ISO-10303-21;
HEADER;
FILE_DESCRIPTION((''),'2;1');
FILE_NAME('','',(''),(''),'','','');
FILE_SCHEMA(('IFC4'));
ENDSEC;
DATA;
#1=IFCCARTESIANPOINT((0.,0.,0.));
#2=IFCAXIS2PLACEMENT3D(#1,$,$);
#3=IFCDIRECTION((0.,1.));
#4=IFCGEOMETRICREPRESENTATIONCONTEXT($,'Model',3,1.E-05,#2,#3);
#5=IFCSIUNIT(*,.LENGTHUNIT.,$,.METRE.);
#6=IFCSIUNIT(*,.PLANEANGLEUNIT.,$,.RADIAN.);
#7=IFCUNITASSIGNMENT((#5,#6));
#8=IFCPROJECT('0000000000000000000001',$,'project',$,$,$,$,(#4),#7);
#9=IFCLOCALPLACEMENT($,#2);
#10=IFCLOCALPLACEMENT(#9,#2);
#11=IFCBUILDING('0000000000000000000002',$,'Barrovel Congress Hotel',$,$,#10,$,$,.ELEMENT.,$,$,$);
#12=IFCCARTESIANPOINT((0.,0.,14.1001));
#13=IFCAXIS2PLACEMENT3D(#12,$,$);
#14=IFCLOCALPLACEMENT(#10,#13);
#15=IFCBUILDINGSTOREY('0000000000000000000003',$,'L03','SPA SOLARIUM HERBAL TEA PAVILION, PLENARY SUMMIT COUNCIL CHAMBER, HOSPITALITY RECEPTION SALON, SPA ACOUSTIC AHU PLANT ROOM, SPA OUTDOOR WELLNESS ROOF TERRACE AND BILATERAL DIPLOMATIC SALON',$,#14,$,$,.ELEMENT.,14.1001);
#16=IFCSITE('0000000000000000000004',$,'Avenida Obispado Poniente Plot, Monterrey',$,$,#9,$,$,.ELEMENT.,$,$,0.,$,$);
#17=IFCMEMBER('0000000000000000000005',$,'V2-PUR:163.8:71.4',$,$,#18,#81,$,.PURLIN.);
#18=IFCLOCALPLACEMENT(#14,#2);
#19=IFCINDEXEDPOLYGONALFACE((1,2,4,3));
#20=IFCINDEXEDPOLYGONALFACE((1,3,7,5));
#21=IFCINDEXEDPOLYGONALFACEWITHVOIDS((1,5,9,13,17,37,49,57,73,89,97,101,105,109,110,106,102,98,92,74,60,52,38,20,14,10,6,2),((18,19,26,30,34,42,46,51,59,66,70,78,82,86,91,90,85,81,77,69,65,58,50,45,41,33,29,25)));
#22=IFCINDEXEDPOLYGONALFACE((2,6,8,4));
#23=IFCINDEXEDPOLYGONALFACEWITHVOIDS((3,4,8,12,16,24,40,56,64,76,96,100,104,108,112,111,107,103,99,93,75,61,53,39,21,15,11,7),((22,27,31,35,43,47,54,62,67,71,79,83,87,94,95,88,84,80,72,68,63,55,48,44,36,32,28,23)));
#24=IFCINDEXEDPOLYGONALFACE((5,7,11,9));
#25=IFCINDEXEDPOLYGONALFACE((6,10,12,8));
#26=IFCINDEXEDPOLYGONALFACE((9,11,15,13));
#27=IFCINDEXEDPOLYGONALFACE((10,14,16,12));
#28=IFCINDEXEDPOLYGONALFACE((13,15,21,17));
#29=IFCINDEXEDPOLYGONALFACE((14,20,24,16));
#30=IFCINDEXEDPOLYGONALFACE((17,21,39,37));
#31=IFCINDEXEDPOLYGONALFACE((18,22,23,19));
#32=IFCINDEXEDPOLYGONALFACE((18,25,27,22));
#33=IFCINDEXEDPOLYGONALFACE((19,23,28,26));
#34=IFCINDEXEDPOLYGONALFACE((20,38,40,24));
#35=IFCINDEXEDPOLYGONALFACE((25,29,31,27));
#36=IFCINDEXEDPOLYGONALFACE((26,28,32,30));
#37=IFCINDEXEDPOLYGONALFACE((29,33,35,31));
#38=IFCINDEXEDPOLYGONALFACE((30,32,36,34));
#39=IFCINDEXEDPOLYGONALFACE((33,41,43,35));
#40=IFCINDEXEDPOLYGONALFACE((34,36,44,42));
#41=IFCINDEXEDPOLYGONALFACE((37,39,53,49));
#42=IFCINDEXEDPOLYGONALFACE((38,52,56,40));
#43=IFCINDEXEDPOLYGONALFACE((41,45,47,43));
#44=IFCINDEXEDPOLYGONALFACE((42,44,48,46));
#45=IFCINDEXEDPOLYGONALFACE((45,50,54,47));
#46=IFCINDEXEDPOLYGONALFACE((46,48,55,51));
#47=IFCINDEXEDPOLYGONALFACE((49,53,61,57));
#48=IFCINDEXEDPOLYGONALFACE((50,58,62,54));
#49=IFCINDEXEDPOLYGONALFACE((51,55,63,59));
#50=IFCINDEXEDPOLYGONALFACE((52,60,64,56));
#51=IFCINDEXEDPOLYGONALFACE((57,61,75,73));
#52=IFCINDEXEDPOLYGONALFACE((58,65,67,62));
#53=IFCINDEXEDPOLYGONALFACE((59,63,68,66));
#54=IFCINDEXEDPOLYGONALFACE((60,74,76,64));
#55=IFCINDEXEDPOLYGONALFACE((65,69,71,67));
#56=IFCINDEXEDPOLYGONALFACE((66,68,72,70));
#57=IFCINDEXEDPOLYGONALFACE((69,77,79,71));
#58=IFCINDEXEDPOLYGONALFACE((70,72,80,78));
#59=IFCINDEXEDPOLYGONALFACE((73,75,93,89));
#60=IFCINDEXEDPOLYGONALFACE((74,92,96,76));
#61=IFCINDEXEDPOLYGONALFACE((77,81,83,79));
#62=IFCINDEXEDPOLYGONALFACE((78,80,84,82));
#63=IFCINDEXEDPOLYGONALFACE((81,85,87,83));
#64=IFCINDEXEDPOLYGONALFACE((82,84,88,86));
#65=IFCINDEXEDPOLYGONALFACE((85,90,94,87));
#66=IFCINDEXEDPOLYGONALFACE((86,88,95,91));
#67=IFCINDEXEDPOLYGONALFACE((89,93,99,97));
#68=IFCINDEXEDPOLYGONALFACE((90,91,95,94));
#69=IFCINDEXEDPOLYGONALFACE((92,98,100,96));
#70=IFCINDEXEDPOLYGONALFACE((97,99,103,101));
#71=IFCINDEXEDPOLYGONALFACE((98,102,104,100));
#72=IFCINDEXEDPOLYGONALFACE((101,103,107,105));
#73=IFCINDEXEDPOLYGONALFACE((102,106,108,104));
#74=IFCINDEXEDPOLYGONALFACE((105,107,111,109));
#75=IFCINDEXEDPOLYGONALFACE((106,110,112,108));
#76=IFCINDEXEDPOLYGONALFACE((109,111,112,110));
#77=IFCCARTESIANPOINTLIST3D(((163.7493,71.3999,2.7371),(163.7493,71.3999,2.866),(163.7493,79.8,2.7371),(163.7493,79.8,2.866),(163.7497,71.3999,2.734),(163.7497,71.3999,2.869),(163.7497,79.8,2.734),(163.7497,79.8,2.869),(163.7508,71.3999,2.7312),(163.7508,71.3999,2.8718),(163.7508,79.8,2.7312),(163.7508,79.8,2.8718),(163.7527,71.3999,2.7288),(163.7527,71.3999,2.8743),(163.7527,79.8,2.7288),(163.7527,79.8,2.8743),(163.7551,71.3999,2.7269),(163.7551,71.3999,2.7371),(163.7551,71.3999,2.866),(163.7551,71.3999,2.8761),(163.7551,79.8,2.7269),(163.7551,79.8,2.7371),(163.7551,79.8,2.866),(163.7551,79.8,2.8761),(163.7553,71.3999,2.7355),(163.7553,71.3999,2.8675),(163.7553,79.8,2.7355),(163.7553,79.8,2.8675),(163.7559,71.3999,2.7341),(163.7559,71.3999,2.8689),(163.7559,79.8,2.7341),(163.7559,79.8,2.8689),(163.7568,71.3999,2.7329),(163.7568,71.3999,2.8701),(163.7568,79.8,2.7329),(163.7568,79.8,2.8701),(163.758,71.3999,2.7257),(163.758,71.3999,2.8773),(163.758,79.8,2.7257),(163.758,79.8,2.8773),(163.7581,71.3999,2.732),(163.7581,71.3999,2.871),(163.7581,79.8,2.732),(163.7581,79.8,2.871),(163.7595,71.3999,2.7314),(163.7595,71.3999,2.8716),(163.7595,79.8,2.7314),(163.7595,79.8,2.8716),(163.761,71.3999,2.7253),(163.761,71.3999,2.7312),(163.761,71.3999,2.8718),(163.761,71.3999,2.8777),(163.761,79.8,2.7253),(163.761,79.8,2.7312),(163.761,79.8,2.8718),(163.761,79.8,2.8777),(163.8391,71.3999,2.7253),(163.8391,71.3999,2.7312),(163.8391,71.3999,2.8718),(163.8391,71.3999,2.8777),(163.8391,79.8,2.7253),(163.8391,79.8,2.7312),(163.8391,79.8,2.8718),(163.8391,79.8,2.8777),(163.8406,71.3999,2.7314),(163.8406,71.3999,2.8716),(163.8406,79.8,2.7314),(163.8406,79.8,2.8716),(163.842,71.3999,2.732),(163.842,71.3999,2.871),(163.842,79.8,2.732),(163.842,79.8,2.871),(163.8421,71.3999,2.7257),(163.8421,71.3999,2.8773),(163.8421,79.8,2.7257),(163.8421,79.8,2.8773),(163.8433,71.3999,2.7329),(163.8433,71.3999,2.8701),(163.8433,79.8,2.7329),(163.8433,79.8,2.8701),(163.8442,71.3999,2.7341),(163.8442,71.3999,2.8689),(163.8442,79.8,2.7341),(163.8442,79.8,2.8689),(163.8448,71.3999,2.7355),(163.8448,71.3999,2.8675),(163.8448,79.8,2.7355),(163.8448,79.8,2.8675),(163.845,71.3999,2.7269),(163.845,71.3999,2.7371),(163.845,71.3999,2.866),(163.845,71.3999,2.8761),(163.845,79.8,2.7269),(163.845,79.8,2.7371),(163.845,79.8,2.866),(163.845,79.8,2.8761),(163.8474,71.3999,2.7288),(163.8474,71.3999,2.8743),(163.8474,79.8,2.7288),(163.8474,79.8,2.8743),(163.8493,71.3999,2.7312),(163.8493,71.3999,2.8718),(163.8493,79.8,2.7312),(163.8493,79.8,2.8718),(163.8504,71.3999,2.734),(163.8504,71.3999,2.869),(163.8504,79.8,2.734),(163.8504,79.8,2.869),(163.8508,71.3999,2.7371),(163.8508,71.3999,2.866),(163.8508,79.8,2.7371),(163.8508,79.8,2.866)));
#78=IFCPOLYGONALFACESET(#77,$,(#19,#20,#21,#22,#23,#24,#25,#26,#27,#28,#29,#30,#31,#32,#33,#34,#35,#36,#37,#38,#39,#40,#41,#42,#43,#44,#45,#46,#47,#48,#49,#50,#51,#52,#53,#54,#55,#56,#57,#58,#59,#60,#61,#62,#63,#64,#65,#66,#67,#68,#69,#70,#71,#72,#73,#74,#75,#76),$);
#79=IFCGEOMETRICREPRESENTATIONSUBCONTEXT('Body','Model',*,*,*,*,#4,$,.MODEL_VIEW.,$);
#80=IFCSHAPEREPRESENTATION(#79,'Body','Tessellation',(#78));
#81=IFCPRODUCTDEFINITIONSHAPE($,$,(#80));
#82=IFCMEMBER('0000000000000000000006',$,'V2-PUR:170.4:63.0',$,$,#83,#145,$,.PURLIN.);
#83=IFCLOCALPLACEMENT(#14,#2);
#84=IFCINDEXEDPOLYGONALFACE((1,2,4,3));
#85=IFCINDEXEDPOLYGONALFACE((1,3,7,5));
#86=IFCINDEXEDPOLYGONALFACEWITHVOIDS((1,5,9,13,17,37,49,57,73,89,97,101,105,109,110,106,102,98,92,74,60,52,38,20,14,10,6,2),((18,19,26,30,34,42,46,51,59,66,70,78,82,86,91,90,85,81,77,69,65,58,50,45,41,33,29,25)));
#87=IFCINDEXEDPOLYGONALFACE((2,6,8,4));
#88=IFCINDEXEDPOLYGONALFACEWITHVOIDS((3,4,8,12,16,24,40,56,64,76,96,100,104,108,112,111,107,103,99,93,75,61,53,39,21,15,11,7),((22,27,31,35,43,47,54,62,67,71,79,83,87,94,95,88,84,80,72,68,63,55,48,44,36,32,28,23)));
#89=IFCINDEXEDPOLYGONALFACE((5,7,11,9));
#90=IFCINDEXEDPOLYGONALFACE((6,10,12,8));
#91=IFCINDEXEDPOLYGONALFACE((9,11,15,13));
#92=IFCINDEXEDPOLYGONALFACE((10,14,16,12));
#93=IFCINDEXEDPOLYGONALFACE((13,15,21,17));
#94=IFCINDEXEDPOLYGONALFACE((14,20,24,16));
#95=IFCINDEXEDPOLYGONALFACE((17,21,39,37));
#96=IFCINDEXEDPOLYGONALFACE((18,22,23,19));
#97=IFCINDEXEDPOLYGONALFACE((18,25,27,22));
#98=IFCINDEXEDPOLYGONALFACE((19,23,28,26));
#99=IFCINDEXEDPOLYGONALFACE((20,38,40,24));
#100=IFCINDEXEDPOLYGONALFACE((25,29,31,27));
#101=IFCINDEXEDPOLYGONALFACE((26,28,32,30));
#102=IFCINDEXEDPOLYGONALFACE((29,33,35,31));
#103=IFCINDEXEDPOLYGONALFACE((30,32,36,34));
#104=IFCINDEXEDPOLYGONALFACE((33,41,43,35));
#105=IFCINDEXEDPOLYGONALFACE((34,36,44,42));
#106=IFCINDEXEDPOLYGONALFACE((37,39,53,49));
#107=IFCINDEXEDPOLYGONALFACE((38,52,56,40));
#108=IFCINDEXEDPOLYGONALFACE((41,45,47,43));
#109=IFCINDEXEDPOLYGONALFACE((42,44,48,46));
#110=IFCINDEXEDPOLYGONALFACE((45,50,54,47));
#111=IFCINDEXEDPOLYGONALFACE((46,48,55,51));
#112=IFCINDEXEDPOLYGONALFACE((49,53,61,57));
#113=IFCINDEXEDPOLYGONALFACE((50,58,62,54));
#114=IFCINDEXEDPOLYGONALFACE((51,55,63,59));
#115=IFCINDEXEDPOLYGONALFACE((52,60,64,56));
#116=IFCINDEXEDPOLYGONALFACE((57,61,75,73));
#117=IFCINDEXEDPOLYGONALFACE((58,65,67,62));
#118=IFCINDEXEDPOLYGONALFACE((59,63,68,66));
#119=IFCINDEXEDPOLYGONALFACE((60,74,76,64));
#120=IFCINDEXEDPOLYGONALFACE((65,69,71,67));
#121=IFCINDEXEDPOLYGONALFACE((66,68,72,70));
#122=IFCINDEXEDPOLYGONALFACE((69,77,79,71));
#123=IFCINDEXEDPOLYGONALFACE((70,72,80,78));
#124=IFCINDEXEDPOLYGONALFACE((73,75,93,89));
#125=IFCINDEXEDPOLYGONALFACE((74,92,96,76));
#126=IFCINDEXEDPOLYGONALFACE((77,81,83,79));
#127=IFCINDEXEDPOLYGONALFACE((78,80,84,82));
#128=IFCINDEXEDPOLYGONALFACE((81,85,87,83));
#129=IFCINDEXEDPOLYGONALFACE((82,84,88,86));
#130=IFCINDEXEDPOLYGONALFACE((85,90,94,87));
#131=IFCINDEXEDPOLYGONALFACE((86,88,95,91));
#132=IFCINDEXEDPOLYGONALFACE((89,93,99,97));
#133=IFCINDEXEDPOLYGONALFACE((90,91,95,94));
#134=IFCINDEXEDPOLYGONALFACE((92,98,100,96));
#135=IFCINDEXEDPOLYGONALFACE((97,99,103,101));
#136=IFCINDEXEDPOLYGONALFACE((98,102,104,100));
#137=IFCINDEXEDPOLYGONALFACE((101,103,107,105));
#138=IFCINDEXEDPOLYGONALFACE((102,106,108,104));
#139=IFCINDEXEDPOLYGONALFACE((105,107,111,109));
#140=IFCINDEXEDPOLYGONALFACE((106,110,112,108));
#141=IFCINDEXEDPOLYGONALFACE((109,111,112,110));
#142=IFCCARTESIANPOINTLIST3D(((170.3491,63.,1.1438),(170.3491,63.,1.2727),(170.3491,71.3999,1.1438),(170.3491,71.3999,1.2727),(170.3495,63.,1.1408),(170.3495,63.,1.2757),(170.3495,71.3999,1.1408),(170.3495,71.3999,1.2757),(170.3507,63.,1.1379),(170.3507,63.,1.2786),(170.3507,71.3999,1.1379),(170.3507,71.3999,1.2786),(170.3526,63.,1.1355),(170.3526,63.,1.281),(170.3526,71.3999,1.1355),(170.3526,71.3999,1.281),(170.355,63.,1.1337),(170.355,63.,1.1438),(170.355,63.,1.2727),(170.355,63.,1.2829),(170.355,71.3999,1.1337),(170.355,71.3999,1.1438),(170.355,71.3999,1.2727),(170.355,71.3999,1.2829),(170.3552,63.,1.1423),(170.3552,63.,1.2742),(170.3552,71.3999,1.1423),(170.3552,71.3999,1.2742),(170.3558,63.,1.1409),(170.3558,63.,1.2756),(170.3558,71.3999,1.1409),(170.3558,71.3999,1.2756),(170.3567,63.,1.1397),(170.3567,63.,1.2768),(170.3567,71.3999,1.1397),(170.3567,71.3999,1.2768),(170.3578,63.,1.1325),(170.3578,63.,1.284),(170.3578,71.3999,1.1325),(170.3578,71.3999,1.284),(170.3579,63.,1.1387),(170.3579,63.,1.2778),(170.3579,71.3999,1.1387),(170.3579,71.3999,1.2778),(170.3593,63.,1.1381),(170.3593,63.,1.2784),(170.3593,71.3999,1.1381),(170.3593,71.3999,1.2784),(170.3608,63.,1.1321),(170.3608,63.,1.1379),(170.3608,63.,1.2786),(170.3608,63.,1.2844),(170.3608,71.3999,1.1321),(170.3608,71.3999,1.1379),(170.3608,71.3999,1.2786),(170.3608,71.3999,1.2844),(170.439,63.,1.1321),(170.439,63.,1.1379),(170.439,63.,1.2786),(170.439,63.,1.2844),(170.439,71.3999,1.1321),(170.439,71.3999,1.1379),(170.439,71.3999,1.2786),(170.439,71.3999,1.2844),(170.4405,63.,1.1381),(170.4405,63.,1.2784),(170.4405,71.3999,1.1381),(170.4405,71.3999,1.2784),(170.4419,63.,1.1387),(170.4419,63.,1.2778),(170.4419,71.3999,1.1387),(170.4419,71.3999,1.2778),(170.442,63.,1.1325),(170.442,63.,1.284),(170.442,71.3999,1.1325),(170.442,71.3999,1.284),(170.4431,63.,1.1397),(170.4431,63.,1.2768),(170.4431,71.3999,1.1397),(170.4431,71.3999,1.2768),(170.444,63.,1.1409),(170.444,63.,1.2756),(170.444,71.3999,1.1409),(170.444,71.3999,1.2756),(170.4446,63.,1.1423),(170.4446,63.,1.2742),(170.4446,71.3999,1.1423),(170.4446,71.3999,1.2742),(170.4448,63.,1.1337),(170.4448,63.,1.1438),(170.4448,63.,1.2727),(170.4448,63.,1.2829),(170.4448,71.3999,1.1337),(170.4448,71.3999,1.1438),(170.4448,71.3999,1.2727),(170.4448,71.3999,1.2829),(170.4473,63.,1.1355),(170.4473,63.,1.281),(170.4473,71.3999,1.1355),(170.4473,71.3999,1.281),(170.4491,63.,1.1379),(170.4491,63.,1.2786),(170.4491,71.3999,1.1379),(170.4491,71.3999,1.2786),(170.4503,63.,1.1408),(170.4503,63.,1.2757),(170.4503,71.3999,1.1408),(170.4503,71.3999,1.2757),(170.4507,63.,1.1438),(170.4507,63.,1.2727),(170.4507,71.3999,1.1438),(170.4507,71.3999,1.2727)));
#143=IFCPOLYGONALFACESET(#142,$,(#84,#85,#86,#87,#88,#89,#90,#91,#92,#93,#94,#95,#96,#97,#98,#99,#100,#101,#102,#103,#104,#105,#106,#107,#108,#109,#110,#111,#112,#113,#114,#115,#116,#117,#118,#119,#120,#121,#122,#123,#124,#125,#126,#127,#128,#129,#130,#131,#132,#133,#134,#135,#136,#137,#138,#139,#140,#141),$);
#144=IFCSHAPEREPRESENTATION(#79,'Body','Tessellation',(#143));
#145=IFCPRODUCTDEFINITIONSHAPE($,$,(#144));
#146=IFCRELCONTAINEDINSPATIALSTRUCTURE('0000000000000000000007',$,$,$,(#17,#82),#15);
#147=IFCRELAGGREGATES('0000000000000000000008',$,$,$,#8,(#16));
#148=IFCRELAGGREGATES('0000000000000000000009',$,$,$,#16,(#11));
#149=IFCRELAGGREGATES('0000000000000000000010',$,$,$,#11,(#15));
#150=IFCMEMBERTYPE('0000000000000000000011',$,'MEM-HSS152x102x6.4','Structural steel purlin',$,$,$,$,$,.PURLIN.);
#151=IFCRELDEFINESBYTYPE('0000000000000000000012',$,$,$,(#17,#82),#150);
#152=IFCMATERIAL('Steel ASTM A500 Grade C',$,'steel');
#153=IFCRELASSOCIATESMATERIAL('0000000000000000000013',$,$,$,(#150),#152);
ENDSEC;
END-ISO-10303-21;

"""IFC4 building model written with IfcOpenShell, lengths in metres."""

from ifc_helpers import new_model, si_unit, direction, frame, origin, origin_2d, place, context, subcontext, project, spatial, hollow_rectangle, extrude, material, material_profile, profile_set, type_object, element, save


model = new_model("IFC4")

# Units and contexts
model_context = context("Model", 3, precision=1e-05, world=origin(), true_north=direction((0.0, 1.0)))
body_context = subcontext(model_context, "Body", "Model", "MODEL_VIEW")
ifc_project = project(units=[si_unit("LENGTHUNIT", "METRE"), si_unit("PLANEANGLEUNIT", "RADIAN")], contexts=[model_context])

# Site, building, storey
site_placement = place(None, origin())
site = spatial("IfcSite", under=ifc_project, at=site_placement, Name="Avenida Obispado Poniente Plot, Monterrey", CompositionType="ELEMENT", RefElevation=0.0)
building_placement = place(site_placement, origin())
building = spatial("IfcBuilding", under=site, at=building_placement, Name="Barrovel Congress Hotel", CompositionType="ELEMENT")
storey_placement = place(building_placement, frame((0.0, 0.0, 14.1001)))
storey = spatial("IfcBuildingStorey", under=building, at=storey_placement, Name="L03", Description="SPA SOLARIUM HERBAL TEA PAVILION, PLENARY SUMMIT COUNCIL CHAMBER, HOSPITALITY RECEPTION SALON, SPA ACOUSTIC AHU PLANT ROOM, SPA OUTDOOR WELLNESS ROOF TERRACE AND BILATERAL DIPLOMATIC SALON", CompositionType="ELEMENT", Elevation=14.1001)

# Members
ifc_material_1 = material(Name="Steel ASTM A500 Grade C", Category="steel")
ifc_material_profile_1 = material_profile(ifc_material_1, hollow_rectangle(XDim=0.1016, YDim=0.1523, WallThickness=0.0059, InnerFilletRadius=0.0059, OuterFilletRadius=0.0117, at=origin_2d()), Name="HSS152x102x6.4")
ifc_profile_set_1 = profile_set([ifc_material_profile_1], Name="Steel ASTM A500 Grade C")
member_type_1 = type_object("IfcMemberType", Name="MEM-HSS152x102x6.4", Description="Structural steel purlin", PredefinedType="PURLIN", material=ifc_profile_set_1)
member_1_placement = place(storey_placement, frame((163.8, 71.3999, 2.8015), z_axis=(0.0, 1.0, 0.0), x_axis=(-1.0, 0.0, 0.0)))
element("IfcMember", 1, at=member_1_placement, inside=storey, type_object=member_type_1, Name="V2-PUR:163.8:71.4", PredefinedType="PURLIN", context=body_context, shape_type="SweptSolid", body=[
    extrude(hollow_rectangle(XDim=0.1016, YDim=0.1523, WallThickness=0.0059, InnerFilletRadius=0.0059, OuterFilletRadius=0.0117, at=origin_2d()), origin(), (0.0, 0.0, 1.0), 8.4001),
])
member_2_placement = place(storey_placement, frame((170.3999, 63.0, 1.2083), z_axis=(0.0, 1.0, 0.0), x_axis=(-1.0, 0.0, 0.0)))
element("IfcMember", 2, at=member_2_placement, inside=storey, type_object=member_type_1, Name="V2-PUR:170.4:63.0", PredefinedType="PURLIN", context=body_context, shape_type="SweptSolid", body=[
    extrude(hollow_rectangle(XDim=0.1016, YDim=0.1523, WallThickness=0.0059, InnerFilletRadius=0.0059, OuterFilletRadius=0.0117, at=origin_2d()), origin(), (0.0, 0.0, 1.0), 8.3999),
])

save(model, "model.ifc")
